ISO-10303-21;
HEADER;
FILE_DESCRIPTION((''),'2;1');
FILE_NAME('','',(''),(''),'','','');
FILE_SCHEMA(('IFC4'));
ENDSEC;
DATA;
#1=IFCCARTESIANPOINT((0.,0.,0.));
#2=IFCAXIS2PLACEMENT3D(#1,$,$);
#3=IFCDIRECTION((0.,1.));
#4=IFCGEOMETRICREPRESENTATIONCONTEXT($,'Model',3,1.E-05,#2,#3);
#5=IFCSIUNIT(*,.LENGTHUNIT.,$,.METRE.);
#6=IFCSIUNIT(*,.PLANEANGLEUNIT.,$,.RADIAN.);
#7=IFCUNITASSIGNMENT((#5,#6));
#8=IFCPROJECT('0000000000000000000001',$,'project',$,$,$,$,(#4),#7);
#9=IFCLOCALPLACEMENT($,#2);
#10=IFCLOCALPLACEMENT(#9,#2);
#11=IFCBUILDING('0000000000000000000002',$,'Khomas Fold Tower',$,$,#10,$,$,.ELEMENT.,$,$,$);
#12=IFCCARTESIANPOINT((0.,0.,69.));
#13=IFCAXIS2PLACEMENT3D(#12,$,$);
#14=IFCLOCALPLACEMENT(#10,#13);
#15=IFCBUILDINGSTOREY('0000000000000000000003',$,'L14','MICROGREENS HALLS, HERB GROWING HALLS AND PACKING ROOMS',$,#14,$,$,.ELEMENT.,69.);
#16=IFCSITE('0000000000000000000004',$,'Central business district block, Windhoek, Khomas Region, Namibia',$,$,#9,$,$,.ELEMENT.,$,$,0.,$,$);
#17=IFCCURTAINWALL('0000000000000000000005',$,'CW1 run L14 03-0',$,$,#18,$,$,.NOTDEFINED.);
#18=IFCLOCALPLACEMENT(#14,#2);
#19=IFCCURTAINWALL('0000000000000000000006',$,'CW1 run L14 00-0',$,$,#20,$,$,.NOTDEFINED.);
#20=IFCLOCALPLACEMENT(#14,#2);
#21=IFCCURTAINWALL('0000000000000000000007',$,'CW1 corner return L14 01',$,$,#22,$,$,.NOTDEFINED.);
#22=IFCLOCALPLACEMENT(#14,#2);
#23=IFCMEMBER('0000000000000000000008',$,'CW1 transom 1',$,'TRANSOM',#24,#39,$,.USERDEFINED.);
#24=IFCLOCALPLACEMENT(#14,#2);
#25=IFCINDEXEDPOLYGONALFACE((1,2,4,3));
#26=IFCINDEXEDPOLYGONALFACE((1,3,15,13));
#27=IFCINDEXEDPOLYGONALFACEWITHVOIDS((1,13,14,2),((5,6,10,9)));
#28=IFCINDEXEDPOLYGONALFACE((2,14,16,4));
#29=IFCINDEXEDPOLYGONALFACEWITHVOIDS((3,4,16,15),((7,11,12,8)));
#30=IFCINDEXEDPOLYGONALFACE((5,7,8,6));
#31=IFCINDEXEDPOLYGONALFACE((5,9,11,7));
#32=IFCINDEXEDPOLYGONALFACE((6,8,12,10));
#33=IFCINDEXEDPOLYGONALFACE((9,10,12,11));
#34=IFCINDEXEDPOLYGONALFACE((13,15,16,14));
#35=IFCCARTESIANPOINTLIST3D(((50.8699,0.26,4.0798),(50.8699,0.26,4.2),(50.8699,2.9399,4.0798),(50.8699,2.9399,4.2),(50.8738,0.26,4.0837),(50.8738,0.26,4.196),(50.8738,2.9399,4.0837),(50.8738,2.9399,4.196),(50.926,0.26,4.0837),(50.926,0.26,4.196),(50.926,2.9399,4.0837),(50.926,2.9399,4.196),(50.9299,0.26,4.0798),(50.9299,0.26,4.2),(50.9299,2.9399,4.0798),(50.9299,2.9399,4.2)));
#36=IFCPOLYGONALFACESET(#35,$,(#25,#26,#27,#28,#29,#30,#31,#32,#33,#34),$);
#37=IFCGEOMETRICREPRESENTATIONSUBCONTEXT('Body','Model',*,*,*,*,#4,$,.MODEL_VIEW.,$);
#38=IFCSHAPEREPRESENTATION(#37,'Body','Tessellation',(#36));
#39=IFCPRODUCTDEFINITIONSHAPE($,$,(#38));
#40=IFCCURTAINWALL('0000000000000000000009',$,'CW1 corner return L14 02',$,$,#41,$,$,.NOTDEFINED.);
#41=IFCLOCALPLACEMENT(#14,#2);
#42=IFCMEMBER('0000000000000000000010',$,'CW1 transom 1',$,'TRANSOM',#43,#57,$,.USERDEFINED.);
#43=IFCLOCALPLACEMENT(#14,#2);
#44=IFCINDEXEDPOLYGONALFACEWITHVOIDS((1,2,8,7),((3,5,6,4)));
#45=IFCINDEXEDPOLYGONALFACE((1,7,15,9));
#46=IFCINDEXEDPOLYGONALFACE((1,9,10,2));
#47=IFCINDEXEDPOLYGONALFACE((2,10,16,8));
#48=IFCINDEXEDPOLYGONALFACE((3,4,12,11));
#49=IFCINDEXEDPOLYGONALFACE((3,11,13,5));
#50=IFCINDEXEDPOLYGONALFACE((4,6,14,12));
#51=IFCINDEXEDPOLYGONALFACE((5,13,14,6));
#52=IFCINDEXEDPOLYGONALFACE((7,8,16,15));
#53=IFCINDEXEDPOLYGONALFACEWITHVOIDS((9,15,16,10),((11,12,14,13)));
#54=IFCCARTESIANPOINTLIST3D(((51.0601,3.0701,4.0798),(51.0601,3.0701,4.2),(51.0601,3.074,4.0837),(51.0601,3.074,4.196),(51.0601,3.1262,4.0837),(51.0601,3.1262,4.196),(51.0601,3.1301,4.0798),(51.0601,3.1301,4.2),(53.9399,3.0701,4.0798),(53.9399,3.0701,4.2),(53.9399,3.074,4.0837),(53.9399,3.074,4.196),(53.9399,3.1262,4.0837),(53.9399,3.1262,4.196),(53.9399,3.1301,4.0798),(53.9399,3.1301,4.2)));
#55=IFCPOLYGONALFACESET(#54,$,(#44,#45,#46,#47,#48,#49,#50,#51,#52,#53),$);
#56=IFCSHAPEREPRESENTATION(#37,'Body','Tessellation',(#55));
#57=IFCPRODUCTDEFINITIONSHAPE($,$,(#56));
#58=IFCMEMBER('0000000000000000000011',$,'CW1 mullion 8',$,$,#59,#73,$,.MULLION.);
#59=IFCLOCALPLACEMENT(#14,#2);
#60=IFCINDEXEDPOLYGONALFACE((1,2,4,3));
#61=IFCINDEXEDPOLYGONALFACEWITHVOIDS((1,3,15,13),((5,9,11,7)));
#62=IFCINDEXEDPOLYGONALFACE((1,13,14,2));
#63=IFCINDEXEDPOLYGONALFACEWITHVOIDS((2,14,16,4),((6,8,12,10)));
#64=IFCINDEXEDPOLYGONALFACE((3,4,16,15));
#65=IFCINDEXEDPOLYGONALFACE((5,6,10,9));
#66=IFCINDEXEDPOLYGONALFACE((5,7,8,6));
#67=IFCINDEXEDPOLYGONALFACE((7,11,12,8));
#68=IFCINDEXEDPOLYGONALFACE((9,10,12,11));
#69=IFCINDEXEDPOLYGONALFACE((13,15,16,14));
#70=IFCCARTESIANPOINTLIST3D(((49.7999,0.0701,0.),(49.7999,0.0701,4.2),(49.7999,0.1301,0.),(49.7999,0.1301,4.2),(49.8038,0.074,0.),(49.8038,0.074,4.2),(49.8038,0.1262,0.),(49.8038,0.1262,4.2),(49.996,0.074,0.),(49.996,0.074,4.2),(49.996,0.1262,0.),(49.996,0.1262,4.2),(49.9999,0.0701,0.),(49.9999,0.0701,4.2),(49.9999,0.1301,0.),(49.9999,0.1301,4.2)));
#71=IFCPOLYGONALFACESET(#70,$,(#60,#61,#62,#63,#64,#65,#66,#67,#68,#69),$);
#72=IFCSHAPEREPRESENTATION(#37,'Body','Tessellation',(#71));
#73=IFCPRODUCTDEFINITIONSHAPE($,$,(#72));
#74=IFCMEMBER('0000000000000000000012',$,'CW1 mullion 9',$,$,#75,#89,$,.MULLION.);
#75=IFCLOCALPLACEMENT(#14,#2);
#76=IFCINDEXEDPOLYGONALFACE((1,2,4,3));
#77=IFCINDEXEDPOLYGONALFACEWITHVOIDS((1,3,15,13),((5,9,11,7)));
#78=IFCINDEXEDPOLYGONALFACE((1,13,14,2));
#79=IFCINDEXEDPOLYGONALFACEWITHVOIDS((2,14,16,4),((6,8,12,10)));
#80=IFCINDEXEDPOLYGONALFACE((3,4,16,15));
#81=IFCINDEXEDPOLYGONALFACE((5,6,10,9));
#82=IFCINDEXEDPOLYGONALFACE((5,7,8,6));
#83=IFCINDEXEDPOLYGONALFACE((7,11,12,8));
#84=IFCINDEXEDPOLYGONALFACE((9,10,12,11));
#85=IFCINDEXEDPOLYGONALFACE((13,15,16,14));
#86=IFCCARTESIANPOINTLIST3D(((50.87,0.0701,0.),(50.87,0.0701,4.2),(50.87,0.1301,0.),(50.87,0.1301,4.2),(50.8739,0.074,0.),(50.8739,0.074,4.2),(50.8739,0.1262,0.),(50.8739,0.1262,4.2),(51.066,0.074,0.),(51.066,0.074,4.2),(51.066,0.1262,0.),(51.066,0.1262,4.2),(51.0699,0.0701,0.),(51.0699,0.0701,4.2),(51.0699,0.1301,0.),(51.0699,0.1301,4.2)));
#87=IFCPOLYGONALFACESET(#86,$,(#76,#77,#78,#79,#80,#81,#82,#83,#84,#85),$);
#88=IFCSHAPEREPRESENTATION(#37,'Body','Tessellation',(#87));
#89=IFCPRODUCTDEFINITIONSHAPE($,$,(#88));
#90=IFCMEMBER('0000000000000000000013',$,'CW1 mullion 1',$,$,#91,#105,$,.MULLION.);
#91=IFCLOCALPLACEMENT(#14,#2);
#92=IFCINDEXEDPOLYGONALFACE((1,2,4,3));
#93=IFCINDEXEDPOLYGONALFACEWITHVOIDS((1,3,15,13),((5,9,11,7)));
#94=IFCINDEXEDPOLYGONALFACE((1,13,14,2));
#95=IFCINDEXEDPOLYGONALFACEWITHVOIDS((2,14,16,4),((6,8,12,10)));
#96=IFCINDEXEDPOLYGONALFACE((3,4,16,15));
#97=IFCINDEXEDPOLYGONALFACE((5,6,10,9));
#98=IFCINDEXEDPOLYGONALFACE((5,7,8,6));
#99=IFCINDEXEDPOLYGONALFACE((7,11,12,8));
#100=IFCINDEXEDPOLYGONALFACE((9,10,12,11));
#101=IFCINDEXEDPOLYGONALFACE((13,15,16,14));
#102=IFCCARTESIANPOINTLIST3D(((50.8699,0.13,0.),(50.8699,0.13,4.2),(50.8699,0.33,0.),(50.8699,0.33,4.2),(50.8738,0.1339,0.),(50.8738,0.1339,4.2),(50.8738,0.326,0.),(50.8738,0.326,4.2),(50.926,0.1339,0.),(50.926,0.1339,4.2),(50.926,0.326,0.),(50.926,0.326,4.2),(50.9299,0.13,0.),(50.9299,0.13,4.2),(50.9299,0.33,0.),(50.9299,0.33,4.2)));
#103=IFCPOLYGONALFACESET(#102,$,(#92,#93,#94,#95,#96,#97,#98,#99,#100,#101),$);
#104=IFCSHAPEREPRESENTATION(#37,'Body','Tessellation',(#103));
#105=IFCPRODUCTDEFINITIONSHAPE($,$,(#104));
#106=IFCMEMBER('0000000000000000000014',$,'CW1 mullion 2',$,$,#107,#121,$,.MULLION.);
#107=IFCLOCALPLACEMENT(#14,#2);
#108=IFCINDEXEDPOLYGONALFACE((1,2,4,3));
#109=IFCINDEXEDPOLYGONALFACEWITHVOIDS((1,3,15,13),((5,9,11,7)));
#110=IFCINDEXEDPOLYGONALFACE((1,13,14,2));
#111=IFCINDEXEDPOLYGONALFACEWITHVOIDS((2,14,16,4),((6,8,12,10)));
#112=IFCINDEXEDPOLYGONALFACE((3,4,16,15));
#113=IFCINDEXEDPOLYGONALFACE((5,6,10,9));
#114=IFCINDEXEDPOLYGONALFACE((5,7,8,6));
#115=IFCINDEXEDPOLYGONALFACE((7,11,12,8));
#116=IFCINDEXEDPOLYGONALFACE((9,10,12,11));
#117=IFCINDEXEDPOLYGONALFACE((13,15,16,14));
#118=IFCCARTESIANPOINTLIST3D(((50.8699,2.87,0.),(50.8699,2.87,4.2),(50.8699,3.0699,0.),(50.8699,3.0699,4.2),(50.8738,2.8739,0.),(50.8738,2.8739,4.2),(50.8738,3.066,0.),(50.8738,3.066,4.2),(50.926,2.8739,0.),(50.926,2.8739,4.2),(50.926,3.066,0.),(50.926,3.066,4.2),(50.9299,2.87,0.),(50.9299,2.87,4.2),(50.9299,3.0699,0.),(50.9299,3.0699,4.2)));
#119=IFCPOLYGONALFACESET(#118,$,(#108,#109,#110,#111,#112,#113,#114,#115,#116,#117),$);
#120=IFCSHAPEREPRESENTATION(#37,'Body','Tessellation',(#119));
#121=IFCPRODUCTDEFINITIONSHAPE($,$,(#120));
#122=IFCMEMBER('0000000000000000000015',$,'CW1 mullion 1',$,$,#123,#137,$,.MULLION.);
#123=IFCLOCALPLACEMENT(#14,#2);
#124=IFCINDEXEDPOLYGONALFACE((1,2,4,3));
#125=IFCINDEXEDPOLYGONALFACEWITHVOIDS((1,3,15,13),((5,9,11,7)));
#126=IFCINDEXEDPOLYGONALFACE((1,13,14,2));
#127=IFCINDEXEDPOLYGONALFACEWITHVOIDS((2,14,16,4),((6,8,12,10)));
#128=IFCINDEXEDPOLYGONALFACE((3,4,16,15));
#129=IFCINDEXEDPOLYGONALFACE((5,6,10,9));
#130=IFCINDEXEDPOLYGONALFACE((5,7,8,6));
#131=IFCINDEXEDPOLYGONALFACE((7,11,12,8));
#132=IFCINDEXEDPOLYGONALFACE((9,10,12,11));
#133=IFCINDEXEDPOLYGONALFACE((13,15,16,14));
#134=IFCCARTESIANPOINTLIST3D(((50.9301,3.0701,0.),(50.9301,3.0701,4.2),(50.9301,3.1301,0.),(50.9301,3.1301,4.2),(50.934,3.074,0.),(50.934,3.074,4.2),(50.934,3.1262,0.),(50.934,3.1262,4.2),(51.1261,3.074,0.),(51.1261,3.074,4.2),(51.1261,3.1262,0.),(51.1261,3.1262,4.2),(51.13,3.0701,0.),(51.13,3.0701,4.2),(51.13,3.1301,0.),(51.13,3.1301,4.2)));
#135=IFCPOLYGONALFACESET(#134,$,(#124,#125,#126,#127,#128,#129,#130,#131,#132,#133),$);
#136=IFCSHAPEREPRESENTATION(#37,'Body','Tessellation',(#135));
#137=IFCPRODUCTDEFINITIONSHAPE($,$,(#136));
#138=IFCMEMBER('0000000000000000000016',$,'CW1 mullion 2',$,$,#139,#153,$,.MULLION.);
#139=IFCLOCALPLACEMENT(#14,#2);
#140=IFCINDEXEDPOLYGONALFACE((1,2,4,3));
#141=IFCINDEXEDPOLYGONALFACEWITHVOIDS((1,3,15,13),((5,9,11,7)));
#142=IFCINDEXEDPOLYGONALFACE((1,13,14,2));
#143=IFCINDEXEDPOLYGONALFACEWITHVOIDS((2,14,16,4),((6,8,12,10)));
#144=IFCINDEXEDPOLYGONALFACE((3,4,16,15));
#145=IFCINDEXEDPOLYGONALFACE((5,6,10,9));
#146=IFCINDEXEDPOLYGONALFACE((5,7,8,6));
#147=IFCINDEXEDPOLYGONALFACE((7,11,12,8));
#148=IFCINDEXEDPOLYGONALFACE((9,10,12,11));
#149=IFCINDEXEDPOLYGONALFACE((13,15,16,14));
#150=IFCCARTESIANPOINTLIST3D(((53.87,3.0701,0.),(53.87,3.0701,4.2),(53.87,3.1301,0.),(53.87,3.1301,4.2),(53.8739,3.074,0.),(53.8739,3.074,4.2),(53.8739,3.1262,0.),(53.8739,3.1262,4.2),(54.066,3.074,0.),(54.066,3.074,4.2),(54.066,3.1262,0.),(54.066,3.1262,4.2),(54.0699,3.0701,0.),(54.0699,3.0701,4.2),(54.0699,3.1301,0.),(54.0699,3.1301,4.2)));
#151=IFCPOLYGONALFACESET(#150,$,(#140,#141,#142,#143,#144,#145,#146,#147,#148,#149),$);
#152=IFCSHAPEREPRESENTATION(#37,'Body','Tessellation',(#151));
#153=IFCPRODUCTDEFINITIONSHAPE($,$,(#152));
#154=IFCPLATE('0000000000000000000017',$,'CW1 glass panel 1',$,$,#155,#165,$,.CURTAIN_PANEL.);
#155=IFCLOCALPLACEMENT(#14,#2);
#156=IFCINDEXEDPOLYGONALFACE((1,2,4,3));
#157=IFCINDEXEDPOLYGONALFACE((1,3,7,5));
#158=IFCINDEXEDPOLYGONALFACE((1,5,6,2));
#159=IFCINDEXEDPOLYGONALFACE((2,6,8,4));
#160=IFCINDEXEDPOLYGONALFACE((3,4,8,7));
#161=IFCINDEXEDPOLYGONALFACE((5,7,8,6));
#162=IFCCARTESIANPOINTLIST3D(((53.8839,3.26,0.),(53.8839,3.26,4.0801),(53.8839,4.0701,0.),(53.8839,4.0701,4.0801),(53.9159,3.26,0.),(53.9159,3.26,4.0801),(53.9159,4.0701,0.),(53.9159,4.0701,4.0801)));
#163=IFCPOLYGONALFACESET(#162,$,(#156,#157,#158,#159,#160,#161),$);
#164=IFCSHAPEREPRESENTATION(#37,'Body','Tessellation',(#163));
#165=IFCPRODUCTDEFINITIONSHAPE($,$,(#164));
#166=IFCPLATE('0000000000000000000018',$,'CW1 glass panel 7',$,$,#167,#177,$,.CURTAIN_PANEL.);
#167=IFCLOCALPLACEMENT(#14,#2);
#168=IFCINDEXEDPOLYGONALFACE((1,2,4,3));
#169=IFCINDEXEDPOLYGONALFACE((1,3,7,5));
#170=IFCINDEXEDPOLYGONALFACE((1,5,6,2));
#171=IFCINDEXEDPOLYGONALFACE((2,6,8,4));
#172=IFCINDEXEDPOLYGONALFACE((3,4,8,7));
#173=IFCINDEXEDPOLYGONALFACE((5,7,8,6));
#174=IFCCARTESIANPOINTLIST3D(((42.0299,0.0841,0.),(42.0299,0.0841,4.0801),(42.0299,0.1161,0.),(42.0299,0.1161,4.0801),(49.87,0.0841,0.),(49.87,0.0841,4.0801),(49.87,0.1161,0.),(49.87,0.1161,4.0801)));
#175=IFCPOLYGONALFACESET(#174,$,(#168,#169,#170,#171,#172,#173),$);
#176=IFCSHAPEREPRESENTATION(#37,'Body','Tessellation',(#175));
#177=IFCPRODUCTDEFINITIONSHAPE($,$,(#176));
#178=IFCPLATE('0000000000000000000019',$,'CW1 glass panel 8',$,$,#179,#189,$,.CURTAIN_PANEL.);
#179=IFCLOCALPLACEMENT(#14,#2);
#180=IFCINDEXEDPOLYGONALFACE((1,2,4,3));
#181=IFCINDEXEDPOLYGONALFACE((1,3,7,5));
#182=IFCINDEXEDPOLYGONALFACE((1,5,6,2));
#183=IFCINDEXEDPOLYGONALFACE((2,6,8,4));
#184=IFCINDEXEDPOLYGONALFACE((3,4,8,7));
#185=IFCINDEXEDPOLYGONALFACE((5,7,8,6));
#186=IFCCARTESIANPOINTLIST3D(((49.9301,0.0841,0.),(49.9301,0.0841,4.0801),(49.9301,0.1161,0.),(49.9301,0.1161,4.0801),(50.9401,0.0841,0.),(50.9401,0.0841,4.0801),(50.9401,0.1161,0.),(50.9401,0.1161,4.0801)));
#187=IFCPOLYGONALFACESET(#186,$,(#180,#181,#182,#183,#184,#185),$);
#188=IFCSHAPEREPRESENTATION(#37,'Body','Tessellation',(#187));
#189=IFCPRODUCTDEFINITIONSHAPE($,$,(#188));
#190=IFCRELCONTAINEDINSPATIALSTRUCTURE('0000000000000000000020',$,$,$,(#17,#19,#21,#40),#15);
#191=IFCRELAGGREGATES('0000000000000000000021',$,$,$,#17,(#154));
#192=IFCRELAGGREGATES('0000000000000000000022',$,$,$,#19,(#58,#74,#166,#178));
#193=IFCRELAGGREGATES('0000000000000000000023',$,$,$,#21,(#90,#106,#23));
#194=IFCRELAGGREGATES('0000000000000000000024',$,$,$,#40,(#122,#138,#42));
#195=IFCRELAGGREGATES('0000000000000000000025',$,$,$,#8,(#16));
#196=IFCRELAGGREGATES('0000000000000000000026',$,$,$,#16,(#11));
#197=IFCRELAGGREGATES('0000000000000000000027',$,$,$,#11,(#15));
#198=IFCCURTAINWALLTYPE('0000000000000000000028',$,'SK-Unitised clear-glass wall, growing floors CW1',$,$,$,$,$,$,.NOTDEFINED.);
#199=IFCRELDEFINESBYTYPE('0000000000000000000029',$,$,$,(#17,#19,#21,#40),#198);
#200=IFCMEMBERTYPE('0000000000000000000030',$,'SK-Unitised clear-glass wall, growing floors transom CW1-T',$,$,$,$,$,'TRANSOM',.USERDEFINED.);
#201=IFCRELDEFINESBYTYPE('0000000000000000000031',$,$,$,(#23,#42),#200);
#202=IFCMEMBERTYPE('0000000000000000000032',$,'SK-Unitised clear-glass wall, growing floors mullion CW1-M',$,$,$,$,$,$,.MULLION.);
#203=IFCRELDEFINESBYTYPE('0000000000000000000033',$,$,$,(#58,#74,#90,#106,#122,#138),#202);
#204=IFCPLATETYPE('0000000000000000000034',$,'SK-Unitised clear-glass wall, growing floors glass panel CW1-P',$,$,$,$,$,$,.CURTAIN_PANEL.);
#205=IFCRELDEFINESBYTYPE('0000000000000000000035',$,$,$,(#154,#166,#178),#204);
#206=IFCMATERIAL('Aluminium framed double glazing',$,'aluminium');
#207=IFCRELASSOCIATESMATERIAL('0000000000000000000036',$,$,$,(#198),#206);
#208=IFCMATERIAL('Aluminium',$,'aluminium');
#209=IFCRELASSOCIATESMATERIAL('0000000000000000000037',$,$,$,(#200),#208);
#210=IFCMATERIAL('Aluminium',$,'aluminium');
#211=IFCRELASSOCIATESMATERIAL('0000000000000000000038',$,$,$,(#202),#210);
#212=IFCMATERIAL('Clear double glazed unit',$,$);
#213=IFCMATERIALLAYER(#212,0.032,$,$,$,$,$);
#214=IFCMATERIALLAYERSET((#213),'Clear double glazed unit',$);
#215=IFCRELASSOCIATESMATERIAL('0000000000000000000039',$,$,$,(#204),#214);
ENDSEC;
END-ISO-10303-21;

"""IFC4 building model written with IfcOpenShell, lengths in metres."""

from ifc_helpers import new_model, si_unit, direction, frame, origin, origin_2d, place, context, subcontext, project, spatial, rectangle, hollow_rectangle, extrude, source, transform, mapped, material, layer, layer_set, material_profile, profile_set, type_object, element, aggregate, save


model = new_model("IFC4")

# Units and contexts
model_context = context("Model", 3, precision=1e-05, world=origin(), true_north=direction((0.0, 1.0)))
body_context = subcontext(model_context, "Body", "Model", "MODEL_VIEW")
ifc_project = project(units=[si_unit("LENGTHUNIT", "METRE"), si_unit("PLANEANGLEUNIT", "RADIAN")], contexts=[model_context])

# Site, building, storey
site_placement = place(None, origin())
site = spatial("IfcSite", under=ifc_project, at=site_placement, Name="Central business district block, Windhoek, Khomas Region, Namibia", CompositionType="ELEMENT", RefElevation=0.0)
building_placement = place(site_placement, origin())
building = spatial("IfcBuilding", under=site, at=building_placement, Name="Khomas Fold Tower", CompositionType="ELEMENT")
storey_placement = place(building_placement, frame((0.0, 0.0, 69.0)))
storey = spatial("IfcBuildingStorey", under=building, at=storey_placement, Name="L14", Description="MICROGREENS HALLS, HERB GROWING HALLS AND PACKING ROOMS", CompositionType="ELEMENT", Elevation=69.0)

# Curtain wall
ifc_material_1 = material(Name="Aluminium framed double glazing", Category="aluminium")
curtain_wall_type = type_object("IfcCurtainWallType", Name="SK-Unitised clear-glass wall, growing floors CW1", PredefinedType="NOTDEFINED", material=ifc_material_1)
curtain_wall_1_placement = place(storey_placement, origin())
curtain_wall_1 = element("IfcCurtainWall", 1, at=curtain_wall_1_placement, inside=storey, type_object=curtain_wall_type, Name="CW1 run L14 03-0", PredefinedType="NOTDEFINED")
ifc_material_2 = material(Name="Aluminium", Category="aluminium")
ifc_material_profile_1 = material_profile(ifc_material_2, hollow_rectangle(XDim=0.0601, YDim=0.1201, WallThickness=0.0039, at=origin_2d()), Name="SK-Unitised clear-glass wall, growing floors transom CW1-T")
ifc_profile_set_1 = profile_set([ifc_material_profile_1], Name="Aluminium")
member_type_1 = type_object("IfcMemberType", Name="SK-Unitised clear-glass wall, growing floors transom CW1-T", ElementType="TRANSOM", PredefinedType="USERDEFINED", material=ifc_profile_set_1)

# Curtain wall
curtain_wall_2_placement = place(storey_placement, origin())
curtain_wall_2 = element("IfcCurtainWall", 2, at=curtain_wall_2_placement, inside=storey, type_object=curtain_wall_type, Name="CW1 run L14 00-0", PredefinedType="NOTDEFINED")

# Curtain walls, members
curtain_wall_3_placement = place(storey_placement, origin())
curtain_wall_3 = element("IfcCurtainWall", 3, at=curtain_wall_3_placement, inside=storey, type_object=curtain_wall_type, Name="CW1 corner return L14 01", PredefinedType="NOTDEFINED")
shared_shape_1 = source(origin(), body_context, "Body", "SweptSolid", [
    extrude(hollow_rectangle(XDim=0.0601, YDim=0.1201, WallThickness=0.0039, at=origin_2d()), origin(), (0.0, 0.0, 1.0), 2.6799),
])
member_1_placement = place(storey_placement, frame((50.8999, 0.26, 4.1399), z_axis=(0.0, 1.0, 0.0), x_axis=(-1.0, 0.0, 0.0)))
member_1 = element("IfcMember", 4, at=member_1_placement, type_object=member_type_1, Name="CW1 transom 1", ObjectType="TRANSOM", PredefinedType="USERDEFINED", context=body_context, shape_type="MappedRepresentation", body=[
    mapped(shared_shape_1, transform((0.0, 0.0, 0.0))),
])
curtain_wall_4_placement = place(storey_placement, origin())
curtain_wall_4 = element("IfcCurtainWall", 5, at=curtain_wall_4_placement, inside=storey, type_object=curtain_wall_type, Name="CW1 corner return L14 02", PredefinedType="NOTDEFINED")
shared_shape_2 = source(origin(), body_context, "Body", "SweptSolid", [
    extrude(hollow_rectangle(XDim=0.0601, YDim=0.1201, WallThickness=0.0039, at=origin_2d()), origin(), (0.0, 0.0, 1.0), 2.8799),
])
member_2_placement = place(storey_placement, frame((51.0601, 3.1001, 4.1399), z_axis=(1.0, 0.0, 0.0), x_axis=(0.0, 1.0, 0.0)))
member_2 = element("IfcMember", 6, at=member_2_placement, type_object=member_type_1, Name="CW1 transom 1", ObjectType="TRANSOM", PredefinedType="USERDEFINED", context=body_context, shape_type="MappedRepresentation", body=[
    mapped(shared_shape_2, transform((0.0, 0.0, 0.0))),
])

# Members
ifc_material_3 = material(Name="Aluminium", Category="aluminium")
ifc_material_profile_2 = material_profile(ifc_material_3, hollow_rectangle(XDim=0.0601, YDim=0.2, WallThickness=0.0039, at=origin_2d()), Name="SK-Unitised clear-glass wall, growing floors mullion CW1-M")
ifc_profile_set_2 = profile_set([ifc_material_profile_2], Name="Aluminium")
member_type_2 = type_object("IfcMemberType", Name="SK-Unitised clear-glass wall, growing floors mullion CW1-M", PredefinedType="MULLION", material=ifc_profile_set_2)
shared_shape_3 = source(origin(), body_context, "Body", "SweptSolid", [
    extrude(hollow_rectangle(XDim=0.0601, YDim=0.2, WallThickness=0.0039, at=origin_2d()), origin(), (0.0, 0.0, 1.0), 4.2),
])
member_3_placement = place(storey_placement, frame((49.8999, 0.1001, 0.0), z_axis=(0.0, 0.0, 1.0), x_axis=(0.0, 1.0, 0.0)))
member_3 = element("IfcMember", 7, at=member_3_placement, type_object=member_type_2, Name="CW1 mullion 8", PredefinedType="MULLION", context=body_context, shape_type="MappedRepresentation", body=[
    mapped(shared_shape_3, transform((0.0, 0.0, 0.0))),
])
member_4_placement = place(storey_placement, frame((50.97, 0.1001, 0.0), z_axis=(0.0, 0.0, 1.0), x_axis=(0.0, 1.0, 0.0)))
member_4 = element("IfcMember", 8, at=member_4_placement, type_object=member_type_2, Name="CW1 mullion 9", PredefinedType="MULLION", context=body_context, shape_type="MappedRepresentation", body=[
    mapped(shared_shape_3, transform((0.0, 0.0, 0.0))),
])
member_5_placement = place(storey_placement, frame((50.8999, 0.23, 0.0), z_axis=(0.0, 0.0, 1.0), x_axis=(-1.0, 0.0, 0.0)))
member_5 = element("IfcMember", 9, at=member_5_placement, type_object=member_type_2, Name="CW1 mullion 1", PredefinedType="MULLION", context=body_context, shape_type="MappedRepresentation", body=[
    mapped(shared_shape_3, transform((0.0, 0.0, 0.0))),
])
member_6_placement = place(storey_placement, frame((50.8999, 2.97, 0.0), z_axis=(0.0, 0.0, 1.0), x_axis=(-1.0, 0.0, 0.0)))
member_6 = element("IfcMember", 10, at=member_6_placement, type_object=member_type_2, Name="CW1 mullion 2", PredefinedType="MULLION", context=body_context, shape_type="MappedRepresentation", body=[
    mapped(shared_shape_3, transform((0.0, 0.0, 0.0))),
])
member_7_placement = place(storey_placement, frame((51.03, 3.1001, 0.0), z_axis=(0.0, 0.0, 1.0), x_axis=(0.0, 1.0, 0.0)))
member_7 = element("IfcMember", 11, at=member_7_placement, type_object=member_type_2, Name="CW1 mullion 1", PredefinedType="MULLION", context=body_context, shape_type="MappedRepresentation", body=[
    mapped(shared_shape_3, transform((0.0, 0.0, 0.0))),
])
member_8_placement = place(storey_placement, frame((53.97, 3.1001, 0.0), z_axis=(0.0, 0.0, 1.0), x_axis=(0.0, 1.0, 0.0)))
member_8 = element("IfcMember", 12, at=member_8_placement, type_object=member_type_2, Name="CW1 mullion 2", PredefinedType="MULLION", context=body_context, shape_type="MappedRepresentation", body=[
    mapped(shared_shape_3, transform((0.0, 0.0, 0.0))),
])

# Plates
ifc_material_4 = material(Name="Clear double glazed unit")
ifc_layer_1 = layer(ifc_material_4, 0.032)
ifc_layer_set_1 = layer_set([ifc_layer_1], Name="Clear double glazed unit")
plate_type = type_object("IfcPlateType", Name="SK-Unitised clear-glass wall, growing floors glass panel CW1-P", PredefinedType="CURTAIN_PANEL", material=ifc_layer_set_1)
shared_shape_4 = source(origin(), body_context, "Body", "SweptSolid", [
    extrude(rectangle(XDim=0.8101, YDim=0.032, at=origin_2d()), origin(), (0.0, 0.0, 1.0), 4.0801),
])
plate_1_placement = place(storey_placement, frame((53.8999, 3.665, 0.0), z_axis=(0.0, 0.0, 1.0), x_axis=(0.0, 1.0, 0.0)))
plate_1 = element("IfcPlate", 13, at=plate_1_placement, type_object=plate_type, Name="CW1 glass panel 1", PredefinedType="CURTAIN_PANEL", context=body_context, shape_type="MappedRepresentation", body=[
    mapped(shared_shape_4, transform((0.0, 0.0, 0.0))),
])
aggregate(curtain_wall_1, [plate_1])
shared_shape_5 = source(origin(), body_context, "Body", "SweptSolid", [
    extrude(rectangle(XDim=7.8401, YDim=0.032, at=origin_2d()), origin(), (0.0, 0.0, 1.0), 4.0801),
])
plate_2_placement = place(storey_placement, frame((45.95, 0.1001, 0.0), z_axis=(0.0, 0.0, 1.0), x_axis=(1.0, 0.0, 0.0)))
plate_2 = element("IfcPlate", 14, at=plate_2_placement, type_object=plate_type, Name="CW1 glass panel 7", PredefinedType="CURTAIN_PANEL", context=body_context, shape_type="MappedRepresentation", body=[
    mapped(shared_shape_5, transform((0.0, 0.0, 0.0))),
])
shared_shape_6 = source(origin(), body_context, "Body", "SweptSolid", [
    extrude(rectangle(XDim=1.01, YDim=0.032, at=origin_2d()), origin(), (0.0, 0.0, 1.0), 4.0801),
])
plate_3_placement = place(storey_placement, frame((50.4351, 0.1001, 0.0), z_axis=(0.0, 0.0, 1.0), x_axis=(1.0, 0.0, 0.0)))
plate_3 = element("IfcPlate", 15, at=plate_3_placement, type_object=plate_type, Name="CW1 glass panel 8", PredefinedType="CURTAIN_PANEL", context=body_context, shape_type="MappedRepresentation", body=[
    mapped(shared_shape_6, transform((0.0, 0.0, 0.0))),
])
aggregate(curtain_wall_2, [member_3, member_4, plate_2, plate_3])
aggregate(curtain_wall_3, [member_5, member_6, member_1])
aggregate(curtain_wall_4, [member_7, member_8, member_2])

save(model, "model.ifc")
